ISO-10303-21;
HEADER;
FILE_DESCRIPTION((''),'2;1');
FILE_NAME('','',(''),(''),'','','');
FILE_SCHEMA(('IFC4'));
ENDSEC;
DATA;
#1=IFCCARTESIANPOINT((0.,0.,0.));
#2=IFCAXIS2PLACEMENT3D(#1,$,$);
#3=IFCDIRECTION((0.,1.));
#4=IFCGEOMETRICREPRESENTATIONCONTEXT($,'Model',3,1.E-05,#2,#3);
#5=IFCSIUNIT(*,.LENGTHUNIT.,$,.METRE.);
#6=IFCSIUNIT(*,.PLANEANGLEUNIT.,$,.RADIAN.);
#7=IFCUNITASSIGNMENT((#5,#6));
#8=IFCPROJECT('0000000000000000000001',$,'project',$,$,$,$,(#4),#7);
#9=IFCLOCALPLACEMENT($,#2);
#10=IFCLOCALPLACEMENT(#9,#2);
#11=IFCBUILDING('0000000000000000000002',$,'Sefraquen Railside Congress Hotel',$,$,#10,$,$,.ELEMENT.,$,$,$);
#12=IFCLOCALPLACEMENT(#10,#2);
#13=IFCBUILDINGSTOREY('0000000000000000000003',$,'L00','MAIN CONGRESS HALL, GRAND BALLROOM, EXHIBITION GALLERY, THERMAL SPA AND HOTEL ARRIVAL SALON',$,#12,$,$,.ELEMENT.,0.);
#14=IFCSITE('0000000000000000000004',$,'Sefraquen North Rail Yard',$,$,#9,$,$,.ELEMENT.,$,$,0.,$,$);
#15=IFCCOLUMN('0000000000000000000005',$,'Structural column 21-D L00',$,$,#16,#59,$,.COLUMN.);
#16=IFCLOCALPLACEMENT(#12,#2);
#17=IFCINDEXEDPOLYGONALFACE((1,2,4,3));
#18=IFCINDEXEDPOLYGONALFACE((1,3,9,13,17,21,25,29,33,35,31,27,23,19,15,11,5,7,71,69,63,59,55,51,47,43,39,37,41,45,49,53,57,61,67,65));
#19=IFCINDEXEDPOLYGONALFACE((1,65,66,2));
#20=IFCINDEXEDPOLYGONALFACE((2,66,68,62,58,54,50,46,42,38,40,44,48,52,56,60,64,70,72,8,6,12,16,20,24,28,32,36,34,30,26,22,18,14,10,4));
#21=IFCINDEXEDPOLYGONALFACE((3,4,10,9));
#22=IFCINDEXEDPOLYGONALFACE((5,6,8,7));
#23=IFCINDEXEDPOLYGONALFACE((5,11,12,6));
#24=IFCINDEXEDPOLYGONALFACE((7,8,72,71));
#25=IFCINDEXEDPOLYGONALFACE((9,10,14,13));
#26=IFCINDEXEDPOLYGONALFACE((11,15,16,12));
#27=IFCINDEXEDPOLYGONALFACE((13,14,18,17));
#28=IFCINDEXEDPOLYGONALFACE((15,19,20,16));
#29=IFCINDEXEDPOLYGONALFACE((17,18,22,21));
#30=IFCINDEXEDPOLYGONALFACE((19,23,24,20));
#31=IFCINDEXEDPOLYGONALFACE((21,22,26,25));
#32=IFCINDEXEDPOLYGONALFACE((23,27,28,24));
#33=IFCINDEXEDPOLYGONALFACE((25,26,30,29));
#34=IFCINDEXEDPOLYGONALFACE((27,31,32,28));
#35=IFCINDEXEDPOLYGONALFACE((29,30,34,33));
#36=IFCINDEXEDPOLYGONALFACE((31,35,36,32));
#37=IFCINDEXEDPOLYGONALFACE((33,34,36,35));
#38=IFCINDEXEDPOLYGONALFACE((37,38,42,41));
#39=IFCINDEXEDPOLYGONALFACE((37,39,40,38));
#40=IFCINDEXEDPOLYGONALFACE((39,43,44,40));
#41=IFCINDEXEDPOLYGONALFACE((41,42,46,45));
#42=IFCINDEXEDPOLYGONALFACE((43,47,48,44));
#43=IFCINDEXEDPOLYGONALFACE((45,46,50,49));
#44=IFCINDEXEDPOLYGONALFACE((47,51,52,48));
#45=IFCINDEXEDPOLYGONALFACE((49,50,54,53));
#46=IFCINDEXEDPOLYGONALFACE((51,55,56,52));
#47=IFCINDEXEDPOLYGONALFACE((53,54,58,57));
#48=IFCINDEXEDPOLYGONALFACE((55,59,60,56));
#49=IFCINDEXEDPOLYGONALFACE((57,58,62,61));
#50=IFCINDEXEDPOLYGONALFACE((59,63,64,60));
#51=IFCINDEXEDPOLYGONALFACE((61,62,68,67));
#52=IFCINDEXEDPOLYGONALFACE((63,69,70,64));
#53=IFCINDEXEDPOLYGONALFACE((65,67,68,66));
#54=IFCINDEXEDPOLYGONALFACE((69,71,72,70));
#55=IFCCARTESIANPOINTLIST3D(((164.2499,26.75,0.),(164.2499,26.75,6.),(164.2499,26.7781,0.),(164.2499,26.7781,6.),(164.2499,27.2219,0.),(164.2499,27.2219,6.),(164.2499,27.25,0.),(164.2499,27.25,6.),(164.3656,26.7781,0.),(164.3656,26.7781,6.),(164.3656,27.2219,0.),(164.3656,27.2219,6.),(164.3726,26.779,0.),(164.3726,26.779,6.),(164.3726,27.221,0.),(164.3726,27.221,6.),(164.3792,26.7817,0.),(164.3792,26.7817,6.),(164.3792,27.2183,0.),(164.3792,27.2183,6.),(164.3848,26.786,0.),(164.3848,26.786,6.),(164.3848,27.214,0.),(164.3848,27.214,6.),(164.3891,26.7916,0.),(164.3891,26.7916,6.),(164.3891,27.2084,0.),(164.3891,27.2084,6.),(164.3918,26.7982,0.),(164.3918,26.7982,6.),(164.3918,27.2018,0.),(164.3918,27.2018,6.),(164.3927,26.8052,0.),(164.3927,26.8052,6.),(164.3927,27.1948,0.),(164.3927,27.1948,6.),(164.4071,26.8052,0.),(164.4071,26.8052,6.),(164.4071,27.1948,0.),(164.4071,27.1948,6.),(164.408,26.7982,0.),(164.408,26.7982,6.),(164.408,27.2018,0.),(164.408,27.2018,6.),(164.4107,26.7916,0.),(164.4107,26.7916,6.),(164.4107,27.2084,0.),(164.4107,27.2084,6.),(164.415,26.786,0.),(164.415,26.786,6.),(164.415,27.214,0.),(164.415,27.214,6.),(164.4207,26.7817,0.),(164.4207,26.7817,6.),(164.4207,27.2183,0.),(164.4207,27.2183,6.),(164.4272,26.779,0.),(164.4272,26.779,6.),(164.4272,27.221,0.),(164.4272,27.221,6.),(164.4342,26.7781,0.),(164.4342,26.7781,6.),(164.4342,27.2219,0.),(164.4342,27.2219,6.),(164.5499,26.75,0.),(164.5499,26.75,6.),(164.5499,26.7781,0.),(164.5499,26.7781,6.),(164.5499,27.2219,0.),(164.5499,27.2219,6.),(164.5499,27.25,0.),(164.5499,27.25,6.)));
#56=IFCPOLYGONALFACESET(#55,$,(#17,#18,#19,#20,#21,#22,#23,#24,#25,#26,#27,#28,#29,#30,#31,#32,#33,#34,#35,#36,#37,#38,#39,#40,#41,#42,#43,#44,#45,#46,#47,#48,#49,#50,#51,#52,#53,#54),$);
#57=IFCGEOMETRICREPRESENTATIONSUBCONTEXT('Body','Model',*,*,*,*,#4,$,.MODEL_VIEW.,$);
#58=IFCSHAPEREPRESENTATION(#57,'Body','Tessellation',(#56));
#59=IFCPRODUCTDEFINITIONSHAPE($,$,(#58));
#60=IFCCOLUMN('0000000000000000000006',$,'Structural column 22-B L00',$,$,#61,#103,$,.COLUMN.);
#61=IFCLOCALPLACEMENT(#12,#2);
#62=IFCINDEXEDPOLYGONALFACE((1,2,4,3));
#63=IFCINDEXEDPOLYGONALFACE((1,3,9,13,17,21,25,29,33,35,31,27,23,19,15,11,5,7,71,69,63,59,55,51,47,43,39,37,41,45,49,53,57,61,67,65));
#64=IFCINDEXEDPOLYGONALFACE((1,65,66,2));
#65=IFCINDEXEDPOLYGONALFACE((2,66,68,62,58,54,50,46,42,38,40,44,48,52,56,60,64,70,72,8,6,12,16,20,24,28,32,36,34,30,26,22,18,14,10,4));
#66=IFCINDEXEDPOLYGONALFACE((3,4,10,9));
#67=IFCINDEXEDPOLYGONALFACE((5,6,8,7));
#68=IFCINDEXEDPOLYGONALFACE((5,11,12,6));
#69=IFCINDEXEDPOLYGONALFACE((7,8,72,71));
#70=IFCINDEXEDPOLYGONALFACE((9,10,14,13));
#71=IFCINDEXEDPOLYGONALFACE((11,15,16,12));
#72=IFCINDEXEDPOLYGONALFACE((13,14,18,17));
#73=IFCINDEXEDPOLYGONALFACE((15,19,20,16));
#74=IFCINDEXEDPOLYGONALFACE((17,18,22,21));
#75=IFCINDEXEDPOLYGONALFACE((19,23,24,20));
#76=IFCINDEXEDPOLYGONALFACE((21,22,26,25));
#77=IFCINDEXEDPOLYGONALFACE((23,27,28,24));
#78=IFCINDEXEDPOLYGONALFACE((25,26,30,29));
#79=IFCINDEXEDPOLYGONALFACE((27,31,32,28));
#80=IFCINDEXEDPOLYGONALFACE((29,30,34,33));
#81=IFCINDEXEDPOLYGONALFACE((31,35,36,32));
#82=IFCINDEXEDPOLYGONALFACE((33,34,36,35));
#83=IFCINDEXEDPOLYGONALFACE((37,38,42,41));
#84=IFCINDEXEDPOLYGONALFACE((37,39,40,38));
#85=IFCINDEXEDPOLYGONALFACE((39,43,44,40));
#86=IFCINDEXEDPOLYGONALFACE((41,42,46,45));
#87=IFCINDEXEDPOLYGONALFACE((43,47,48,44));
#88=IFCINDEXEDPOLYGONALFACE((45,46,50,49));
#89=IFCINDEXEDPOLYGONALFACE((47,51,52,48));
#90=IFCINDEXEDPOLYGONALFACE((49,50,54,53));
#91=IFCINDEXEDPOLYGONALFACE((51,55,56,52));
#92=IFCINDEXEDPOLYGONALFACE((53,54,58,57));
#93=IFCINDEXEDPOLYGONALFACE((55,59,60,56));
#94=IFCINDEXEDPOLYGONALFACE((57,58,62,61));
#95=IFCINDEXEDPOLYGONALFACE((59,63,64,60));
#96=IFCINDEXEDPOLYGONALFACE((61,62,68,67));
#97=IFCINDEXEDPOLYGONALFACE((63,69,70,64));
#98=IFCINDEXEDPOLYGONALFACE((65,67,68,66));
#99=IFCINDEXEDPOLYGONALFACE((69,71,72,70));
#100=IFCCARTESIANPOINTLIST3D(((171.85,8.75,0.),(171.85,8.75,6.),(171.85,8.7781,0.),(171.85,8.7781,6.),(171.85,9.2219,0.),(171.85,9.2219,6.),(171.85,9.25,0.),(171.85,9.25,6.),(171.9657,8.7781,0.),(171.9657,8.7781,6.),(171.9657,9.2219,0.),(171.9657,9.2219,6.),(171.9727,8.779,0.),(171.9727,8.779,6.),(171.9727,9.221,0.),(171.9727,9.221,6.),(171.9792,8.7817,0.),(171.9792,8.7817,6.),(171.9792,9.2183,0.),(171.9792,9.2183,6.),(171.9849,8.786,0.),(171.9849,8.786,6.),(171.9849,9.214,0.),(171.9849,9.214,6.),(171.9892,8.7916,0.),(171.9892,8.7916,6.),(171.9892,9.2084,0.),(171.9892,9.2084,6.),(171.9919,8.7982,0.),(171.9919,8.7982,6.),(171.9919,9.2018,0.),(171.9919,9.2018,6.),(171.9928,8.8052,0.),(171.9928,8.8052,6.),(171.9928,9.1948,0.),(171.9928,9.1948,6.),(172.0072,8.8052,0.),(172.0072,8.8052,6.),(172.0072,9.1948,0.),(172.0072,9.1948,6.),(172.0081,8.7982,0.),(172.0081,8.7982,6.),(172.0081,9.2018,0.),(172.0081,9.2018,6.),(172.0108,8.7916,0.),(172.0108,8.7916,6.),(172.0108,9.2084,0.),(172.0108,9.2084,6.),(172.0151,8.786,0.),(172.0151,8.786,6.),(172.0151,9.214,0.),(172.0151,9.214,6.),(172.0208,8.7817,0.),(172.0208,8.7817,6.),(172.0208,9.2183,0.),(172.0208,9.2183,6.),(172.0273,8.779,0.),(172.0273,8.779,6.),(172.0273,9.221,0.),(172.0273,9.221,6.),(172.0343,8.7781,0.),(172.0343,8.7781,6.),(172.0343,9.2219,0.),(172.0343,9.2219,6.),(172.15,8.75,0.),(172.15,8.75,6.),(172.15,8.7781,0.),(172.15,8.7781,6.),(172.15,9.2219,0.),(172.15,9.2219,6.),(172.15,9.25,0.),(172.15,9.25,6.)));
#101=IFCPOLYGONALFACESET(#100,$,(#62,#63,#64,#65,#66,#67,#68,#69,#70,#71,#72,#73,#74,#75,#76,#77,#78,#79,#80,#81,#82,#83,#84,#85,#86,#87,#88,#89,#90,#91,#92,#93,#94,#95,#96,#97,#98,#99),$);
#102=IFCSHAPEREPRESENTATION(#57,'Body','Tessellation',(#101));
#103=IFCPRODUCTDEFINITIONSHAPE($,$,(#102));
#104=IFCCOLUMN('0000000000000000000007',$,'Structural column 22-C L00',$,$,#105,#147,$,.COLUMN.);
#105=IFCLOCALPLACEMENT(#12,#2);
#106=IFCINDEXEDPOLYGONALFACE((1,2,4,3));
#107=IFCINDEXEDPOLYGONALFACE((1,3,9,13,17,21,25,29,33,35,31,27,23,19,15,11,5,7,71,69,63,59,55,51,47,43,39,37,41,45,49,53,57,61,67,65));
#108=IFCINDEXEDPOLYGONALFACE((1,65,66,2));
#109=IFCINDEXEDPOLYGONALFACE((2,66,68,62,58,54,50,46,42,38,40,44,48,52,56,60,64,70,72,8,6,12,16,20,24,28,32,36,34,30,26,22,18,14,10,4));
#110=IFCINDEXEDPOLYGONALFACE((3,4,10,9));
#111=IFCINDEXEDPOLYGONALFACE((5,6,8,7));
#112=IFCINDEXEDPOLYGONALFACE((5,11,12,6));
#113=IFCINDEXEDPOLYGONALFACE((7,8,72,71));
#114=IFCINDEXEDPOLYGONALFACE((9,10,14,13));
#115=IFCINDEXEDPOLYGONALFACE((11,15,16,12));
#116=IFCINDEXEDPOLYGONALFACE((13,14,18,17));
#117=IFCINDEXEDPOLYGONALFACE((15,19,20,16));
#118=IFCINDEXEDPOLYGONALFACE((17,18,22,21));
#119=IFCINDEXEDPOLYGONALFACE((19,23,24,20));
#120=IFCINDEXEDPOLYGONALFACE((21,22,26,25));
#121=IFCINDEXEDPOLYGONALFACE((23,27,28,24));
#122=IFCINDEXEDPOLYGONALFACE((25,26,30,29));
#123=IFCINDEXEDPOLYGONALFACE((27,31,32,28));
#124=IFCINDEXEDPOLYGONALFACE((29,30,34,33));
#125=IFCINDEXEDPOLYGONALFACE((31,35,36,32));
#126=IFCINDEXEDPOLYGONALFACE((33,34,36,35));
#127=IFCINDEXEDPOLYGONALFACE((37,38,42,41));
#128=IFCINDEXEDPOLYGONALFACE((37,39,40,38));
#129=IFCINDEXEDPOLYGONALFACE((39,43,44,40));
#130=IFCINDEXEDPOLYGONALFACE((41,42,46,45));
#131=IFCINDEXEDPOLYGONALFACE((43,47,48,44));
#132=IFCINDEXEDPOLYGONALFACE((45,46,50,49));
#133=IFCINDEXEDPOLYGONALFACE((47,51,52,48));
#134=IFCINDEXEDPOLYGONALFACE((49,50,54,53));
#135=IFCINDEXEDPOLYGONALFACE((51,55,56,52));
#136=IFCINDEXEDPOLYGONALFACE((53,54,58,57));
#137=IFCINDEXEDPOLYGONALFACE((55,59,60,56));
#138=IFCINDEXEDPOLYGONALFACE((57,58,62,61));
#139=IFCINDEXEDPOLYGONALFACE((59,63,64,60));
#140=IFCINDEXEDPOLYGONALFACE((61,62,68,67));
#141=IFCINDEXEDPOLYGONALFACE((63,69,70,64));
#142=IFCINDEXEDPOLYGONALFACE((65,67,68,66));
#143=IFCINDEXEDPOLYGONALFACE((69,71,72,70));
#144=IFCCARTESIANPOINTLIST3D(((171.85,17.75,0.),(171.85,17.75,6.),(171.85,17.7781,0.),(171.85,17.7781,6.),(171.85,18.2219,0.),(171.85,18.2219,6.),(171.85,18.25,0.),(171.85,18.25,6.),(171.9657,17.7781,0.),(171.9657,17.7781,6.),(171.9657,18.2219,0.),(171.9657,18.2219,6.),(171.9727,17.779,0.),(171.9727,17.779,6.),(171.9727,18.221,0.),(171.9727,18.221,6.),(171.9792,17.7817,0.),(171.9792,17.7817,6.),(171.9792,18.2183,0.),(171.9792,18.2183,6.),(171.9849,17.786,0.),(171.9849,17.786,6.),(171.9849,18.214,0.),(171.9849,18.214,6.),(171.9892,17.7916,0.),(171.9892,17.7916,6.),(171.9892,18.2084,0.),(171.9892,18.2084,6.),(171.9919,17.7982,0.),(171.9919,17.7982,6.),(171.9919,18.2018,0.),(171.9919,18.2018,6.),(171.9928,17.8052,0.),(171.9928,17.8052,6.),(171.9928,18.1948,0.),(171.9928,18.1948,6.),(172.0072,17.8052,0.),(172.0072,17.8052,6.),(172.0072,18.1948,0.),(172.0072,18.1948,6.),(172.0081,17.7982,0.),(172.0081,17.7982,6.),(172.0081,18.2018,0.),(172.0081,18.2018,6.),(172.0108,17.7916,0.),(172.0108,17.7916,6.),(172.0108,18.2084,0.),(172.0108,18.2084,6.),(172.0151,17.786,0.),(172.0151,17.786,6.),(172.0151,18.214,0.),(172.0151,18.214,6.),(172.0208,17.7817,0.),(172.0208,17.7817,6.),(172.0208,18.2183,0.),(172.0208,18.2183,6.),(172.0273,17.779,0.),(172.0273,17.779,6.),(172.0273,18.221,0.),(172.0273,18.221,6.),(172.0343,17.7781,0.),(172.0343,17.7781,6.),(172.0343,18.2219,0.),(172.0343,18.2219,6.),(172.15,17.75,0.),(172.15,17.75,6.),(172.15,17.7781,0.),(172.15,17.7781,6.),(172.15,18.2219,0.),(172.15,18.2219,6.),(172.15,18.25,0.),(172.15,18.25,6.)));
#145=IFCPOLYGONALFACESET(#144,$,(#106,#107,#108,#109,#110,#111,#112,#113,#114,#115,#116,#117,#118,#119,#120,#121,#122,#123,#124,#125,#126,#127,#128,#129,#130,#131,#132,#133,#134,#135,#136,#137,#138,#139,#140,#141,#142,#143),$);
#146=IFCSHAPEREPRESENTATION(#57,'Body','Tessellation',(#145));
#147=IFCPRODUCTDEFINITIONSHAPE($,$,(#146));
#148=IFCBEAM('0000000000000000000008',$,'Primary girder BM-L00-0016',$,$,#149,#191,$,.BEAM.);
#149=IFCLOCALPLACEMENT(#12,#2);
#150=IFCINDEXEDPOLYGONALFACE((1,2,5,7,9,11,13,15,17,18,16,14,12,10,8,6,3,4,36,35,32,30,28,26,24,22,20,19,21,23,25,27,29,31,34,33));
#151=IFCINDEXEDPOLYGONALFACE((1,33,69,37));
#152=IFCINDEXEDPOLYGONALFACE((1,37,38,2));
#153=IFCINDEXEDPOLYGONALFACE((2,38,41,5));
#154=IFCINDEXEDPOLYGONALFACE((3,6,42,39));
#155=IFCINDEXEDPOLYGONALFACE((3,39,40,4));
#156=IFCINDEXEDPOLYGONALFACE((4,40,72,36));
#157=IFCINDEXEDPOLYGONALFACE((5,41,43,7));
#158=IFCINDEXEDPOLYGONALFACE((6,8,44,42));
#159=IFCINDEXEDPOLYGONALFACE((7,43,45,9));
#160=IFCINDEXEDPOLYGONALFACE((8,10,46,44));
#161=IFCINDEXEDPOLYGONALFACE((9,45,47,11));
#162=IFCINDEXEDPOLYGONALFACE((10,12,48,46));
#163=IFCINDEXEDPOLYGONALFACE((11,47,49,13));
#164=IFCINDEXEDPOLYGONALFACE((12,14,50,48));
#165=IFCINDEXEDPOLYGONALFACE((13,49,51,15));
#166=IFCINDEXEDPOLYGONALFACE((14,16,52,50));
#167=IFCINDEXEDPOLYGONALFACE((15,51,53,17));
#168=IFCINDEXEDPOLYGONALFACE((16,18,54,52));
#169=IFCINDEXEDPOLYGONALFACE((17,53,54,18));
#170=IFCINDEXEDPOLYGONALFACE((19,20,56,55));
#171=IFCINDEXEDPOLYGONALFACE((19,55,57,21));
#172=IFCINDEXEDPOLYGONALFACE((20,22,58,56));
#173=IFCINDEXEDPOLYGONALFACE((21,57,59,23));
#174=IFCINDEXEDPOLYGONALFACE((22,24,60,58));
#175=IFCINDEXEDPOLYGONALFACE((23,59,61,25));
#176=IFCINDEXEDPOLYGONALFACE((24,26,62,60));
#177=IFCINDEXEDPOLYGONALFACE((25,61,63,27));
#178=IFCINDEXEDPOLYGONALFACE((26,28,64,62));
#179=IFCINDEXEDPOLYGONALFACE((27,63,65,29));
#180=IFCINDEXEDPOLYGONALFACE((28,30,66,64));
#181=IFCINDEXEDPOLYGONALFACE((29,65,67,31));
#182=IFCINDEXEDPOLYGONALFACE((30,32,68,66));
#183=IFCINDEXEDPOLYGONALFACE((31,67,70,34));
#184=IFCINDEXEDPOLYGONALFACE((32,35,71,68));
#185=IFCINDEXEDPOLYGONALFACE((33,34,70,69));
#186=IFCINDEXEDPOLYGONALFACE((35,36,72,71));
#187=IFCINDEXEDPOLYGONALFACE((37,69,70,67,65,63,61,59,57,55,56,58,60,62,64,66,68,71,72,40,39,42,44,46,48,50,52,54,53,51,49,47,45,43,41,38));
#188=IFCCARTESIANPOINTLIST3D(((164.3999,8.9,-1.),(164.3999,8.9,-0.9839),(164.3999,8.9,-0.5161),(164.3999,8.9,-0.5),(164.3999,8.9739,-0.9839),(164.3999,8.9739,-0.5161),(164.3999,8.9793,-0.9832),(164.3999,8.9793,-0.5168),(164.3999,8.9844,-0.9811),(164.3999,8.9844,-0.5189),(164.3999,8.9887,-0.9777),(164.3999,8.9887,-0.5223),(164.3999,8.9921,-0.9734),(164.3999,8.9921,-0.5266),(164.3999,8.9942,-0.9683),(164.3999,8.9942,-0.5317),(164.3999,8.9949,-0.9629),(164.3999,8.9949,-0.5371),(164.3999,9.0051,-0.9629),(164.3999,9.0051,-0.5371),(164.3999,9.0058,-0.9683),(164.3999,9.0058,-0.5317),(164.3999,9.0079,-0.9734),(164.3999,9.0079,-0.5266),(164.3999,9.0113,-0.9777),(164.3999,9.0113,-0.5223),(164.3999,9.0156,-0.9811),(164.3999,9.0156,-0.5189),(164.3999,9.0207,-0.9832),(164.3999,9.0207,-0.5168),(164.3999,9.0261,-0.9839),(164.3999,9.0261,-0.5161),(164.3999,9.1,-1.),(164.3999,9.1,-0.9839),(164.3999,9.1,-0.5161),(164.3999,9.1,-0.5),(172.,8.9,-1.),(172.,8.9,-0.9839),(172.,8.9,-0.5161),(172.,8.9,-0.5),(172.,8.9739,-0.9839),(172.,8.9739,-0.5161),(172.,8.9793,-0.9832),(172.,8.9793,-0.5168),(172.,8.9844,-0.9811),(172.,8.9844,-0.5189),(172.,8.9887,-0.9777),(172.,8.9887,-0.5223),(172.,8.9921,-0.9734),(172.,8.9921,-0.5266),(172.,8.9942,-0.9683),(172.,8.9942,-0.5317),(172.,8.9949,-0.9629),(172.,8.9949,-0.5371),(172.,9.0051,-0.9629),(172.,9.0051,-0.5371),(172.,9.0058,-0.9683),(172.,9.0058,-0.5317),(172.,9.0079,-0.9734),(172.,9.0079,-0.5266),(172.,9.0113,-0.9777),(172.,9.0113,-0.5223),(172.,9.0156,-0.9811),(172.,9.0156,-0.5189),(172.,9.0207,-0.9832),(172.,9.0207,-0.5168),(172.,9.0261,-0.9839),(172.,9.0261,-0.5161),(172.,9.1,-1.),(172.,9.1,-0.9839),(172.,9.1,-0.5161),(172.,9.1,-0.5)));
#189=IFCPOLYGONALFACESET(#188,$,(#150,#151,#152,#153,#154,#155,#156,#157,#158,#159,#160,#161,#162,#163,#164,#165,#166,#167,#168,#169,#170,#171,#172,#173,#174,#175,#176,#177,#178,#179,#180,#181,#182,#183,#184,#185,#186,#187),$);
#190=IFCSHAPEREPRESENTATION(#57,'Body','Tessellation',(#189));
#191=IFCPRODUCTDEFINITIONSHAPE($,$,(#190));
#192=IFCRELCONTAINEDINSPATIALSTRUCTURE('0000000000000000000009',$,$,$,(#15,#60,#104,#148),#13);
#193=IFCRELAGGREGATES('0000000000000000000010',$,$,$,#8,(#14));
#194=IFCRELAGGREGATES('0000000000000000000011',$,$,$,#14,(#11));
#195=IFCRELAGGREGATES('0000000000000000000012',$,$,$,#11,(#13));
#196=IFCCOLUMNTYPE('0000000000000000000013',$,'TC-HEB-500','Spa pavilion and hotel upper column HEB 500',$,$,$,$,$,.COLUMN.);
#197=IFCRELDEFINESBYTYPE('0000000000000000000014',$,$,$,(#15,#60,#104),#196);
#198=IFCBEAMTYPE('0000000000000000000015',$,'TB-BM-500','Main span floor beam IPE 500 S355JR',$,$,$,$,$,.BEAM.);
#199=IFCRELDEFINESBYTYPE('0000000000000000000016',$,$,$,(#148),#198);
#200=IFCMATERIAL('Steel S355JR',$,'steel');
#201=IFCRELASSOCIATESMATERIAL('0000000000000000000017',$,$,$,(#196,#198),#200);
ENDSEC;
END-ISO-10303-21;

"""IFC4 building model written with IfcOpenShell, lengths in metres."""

from ifc_helpers import new_model, si_unit, direction, frame, origin, origin_2d, place, context, subcontext, project, spatial, i_section, extrude, material, material_profile, profile_set, type_object, element, save


model = new_model("IFC4")

# Units and contexts
model_context = context("Model", 3, precision=1e-05, world=origin(), true_north=direction((0.0, 1.0)))
body_context = subcontext(model_context, "Body", "Model", "MODEL_VIEW")
ifc_project = project(units=[si_unit("LENGTHUNIT", "METRE"), si_unit("PLANEANGLEUNIT", "RADIAN")], contexts=[model_context])

# Site, building, storey
site_placement = place(None, origin())
site = spatial("IfcSite", under=ifc_project, at=site_placement, Name="Sefraquen North Rail Yard", CompositionType="ELEMENT", RefElevation=0.0)
building_placement = place(site_placement, origin())
building = spatial("IfcBuilding", under=site, at=building_placement, Name="Sefraquen Railside Congress Hotel", CompositionType="ELEMENT")
storey_placement = place(building_placement, origin())
storey = spatial("IfcBuildingStorey", under=building, at=storey_placement, Name="L00", Description="MAIN CONGRESS HALL, GRAND BALLROOM, EXHIBITION GALLERY, THERMAL SPA AND HOTEL ARRIVAL SALON", CompositionType="ELEMENT", Elevation=0.0)

# Columns
ifc_material_1 = material(Name="Steel S355JR", Category="steel")
ifc_material_profile_1 = material_profile(ifc_material_1, i_section(OverallWidth=0.3, OverallDepth=0.5, WebThickness=0.0144, FlangeThickness=0.0281, FilletRadius=0.0271, at=origin_2d()), Name="HEB 500")
ifc_profile_set_1 = profile_set([ifc_material_profile_1], Name="Steel S355JR")
column_type = type_object("IfcColumnType", Name="TC-HEB-500", Description="Spa pavilion and hotel upper column HEB 500", PredefinedType="COLUMN", material=ifc_profile_set_1)
for number, where, z_axis, x_axis, name in (
    (1, (164.3999, 27.0, 0.0), (0.0, 0.0, 1.0), (1.0, 0.0, 0.0), "Structural column 21-D L00"),
    (2, (172.0, 9.0, 0.0), (0.0, 0.0, 1.0), (1.0, 0.0, 0.0), "Structural column 22-B L00"),
    (3, (172.0, 18.0, 0.0), (0.0, 0.0, 1.0), (1.0, 0.0, 0.0), "Structural column 22-C L00"),
):
    element("IfcColumn", number, at=place(storey_placement, frame(where, z_axis=z_axis, x_axis=x_axis)), inside=storey, type_object=column_type, Name=name, PredefinedType="COLUMN", context=body_context, shape_type="SweptSolid", body=[
        extrude(i_section(OverallWidth=0.3, OverallDepth=0.5, WebThickness=0.0144, FlangeThickness=0.0281, FilletRadius=0.0271, at=origin_2d()), origin(), (0.0, 0.0, 1.0), 6.0),
    ])

# Beam
ifc_material_profile_2 = material_profile(ifc_material_1, i_section(OverallWidth=0.2, OverallDepth=0.5, WebThickness=0.0103, FlangeThickness=0.0161, FilletRadius=0.021, at=origin_2d()), Name="IPE 500")
ifc_profile_set_2 = profile_set([ifc_material_profile_2], Name="Steel S355JR")
beam_type_1 = type_object("IfcBeamType", Name="TB-BM-500", Description="Main span floor beam IPE 500 S355JR", PredefinedType="BEAM", material=ifc_profile_set_2)
for number, where, z_axis, x_axis, name in (
    (4, (164.3999, 9.0, -0.75), (1.0, 0.0, 0.0), (0.0, 1.0, 0.0), "Primary girder BM-L00-0016"),
):
    element("IfcBeam", number, at=place(storey_placement, frame(where, z_axis=z_axis, x_axis=x_axis)), inside=storey, type_object=beam_type_1, Name=name, PredefinedType="BEAM", context=body_context, shape_type="SweptSolid", body=[
        extrude(i_section(OverallWidth=0.2, OverallDepth=0.5, WebThickness=0.0103, FlangeThickness=0.0161, FilletRadius=0.021, at=origin_2d()), origin(), (0.0, 0.0, 1.0), 7.6001),
    ])

save(model, "model.ifc")
